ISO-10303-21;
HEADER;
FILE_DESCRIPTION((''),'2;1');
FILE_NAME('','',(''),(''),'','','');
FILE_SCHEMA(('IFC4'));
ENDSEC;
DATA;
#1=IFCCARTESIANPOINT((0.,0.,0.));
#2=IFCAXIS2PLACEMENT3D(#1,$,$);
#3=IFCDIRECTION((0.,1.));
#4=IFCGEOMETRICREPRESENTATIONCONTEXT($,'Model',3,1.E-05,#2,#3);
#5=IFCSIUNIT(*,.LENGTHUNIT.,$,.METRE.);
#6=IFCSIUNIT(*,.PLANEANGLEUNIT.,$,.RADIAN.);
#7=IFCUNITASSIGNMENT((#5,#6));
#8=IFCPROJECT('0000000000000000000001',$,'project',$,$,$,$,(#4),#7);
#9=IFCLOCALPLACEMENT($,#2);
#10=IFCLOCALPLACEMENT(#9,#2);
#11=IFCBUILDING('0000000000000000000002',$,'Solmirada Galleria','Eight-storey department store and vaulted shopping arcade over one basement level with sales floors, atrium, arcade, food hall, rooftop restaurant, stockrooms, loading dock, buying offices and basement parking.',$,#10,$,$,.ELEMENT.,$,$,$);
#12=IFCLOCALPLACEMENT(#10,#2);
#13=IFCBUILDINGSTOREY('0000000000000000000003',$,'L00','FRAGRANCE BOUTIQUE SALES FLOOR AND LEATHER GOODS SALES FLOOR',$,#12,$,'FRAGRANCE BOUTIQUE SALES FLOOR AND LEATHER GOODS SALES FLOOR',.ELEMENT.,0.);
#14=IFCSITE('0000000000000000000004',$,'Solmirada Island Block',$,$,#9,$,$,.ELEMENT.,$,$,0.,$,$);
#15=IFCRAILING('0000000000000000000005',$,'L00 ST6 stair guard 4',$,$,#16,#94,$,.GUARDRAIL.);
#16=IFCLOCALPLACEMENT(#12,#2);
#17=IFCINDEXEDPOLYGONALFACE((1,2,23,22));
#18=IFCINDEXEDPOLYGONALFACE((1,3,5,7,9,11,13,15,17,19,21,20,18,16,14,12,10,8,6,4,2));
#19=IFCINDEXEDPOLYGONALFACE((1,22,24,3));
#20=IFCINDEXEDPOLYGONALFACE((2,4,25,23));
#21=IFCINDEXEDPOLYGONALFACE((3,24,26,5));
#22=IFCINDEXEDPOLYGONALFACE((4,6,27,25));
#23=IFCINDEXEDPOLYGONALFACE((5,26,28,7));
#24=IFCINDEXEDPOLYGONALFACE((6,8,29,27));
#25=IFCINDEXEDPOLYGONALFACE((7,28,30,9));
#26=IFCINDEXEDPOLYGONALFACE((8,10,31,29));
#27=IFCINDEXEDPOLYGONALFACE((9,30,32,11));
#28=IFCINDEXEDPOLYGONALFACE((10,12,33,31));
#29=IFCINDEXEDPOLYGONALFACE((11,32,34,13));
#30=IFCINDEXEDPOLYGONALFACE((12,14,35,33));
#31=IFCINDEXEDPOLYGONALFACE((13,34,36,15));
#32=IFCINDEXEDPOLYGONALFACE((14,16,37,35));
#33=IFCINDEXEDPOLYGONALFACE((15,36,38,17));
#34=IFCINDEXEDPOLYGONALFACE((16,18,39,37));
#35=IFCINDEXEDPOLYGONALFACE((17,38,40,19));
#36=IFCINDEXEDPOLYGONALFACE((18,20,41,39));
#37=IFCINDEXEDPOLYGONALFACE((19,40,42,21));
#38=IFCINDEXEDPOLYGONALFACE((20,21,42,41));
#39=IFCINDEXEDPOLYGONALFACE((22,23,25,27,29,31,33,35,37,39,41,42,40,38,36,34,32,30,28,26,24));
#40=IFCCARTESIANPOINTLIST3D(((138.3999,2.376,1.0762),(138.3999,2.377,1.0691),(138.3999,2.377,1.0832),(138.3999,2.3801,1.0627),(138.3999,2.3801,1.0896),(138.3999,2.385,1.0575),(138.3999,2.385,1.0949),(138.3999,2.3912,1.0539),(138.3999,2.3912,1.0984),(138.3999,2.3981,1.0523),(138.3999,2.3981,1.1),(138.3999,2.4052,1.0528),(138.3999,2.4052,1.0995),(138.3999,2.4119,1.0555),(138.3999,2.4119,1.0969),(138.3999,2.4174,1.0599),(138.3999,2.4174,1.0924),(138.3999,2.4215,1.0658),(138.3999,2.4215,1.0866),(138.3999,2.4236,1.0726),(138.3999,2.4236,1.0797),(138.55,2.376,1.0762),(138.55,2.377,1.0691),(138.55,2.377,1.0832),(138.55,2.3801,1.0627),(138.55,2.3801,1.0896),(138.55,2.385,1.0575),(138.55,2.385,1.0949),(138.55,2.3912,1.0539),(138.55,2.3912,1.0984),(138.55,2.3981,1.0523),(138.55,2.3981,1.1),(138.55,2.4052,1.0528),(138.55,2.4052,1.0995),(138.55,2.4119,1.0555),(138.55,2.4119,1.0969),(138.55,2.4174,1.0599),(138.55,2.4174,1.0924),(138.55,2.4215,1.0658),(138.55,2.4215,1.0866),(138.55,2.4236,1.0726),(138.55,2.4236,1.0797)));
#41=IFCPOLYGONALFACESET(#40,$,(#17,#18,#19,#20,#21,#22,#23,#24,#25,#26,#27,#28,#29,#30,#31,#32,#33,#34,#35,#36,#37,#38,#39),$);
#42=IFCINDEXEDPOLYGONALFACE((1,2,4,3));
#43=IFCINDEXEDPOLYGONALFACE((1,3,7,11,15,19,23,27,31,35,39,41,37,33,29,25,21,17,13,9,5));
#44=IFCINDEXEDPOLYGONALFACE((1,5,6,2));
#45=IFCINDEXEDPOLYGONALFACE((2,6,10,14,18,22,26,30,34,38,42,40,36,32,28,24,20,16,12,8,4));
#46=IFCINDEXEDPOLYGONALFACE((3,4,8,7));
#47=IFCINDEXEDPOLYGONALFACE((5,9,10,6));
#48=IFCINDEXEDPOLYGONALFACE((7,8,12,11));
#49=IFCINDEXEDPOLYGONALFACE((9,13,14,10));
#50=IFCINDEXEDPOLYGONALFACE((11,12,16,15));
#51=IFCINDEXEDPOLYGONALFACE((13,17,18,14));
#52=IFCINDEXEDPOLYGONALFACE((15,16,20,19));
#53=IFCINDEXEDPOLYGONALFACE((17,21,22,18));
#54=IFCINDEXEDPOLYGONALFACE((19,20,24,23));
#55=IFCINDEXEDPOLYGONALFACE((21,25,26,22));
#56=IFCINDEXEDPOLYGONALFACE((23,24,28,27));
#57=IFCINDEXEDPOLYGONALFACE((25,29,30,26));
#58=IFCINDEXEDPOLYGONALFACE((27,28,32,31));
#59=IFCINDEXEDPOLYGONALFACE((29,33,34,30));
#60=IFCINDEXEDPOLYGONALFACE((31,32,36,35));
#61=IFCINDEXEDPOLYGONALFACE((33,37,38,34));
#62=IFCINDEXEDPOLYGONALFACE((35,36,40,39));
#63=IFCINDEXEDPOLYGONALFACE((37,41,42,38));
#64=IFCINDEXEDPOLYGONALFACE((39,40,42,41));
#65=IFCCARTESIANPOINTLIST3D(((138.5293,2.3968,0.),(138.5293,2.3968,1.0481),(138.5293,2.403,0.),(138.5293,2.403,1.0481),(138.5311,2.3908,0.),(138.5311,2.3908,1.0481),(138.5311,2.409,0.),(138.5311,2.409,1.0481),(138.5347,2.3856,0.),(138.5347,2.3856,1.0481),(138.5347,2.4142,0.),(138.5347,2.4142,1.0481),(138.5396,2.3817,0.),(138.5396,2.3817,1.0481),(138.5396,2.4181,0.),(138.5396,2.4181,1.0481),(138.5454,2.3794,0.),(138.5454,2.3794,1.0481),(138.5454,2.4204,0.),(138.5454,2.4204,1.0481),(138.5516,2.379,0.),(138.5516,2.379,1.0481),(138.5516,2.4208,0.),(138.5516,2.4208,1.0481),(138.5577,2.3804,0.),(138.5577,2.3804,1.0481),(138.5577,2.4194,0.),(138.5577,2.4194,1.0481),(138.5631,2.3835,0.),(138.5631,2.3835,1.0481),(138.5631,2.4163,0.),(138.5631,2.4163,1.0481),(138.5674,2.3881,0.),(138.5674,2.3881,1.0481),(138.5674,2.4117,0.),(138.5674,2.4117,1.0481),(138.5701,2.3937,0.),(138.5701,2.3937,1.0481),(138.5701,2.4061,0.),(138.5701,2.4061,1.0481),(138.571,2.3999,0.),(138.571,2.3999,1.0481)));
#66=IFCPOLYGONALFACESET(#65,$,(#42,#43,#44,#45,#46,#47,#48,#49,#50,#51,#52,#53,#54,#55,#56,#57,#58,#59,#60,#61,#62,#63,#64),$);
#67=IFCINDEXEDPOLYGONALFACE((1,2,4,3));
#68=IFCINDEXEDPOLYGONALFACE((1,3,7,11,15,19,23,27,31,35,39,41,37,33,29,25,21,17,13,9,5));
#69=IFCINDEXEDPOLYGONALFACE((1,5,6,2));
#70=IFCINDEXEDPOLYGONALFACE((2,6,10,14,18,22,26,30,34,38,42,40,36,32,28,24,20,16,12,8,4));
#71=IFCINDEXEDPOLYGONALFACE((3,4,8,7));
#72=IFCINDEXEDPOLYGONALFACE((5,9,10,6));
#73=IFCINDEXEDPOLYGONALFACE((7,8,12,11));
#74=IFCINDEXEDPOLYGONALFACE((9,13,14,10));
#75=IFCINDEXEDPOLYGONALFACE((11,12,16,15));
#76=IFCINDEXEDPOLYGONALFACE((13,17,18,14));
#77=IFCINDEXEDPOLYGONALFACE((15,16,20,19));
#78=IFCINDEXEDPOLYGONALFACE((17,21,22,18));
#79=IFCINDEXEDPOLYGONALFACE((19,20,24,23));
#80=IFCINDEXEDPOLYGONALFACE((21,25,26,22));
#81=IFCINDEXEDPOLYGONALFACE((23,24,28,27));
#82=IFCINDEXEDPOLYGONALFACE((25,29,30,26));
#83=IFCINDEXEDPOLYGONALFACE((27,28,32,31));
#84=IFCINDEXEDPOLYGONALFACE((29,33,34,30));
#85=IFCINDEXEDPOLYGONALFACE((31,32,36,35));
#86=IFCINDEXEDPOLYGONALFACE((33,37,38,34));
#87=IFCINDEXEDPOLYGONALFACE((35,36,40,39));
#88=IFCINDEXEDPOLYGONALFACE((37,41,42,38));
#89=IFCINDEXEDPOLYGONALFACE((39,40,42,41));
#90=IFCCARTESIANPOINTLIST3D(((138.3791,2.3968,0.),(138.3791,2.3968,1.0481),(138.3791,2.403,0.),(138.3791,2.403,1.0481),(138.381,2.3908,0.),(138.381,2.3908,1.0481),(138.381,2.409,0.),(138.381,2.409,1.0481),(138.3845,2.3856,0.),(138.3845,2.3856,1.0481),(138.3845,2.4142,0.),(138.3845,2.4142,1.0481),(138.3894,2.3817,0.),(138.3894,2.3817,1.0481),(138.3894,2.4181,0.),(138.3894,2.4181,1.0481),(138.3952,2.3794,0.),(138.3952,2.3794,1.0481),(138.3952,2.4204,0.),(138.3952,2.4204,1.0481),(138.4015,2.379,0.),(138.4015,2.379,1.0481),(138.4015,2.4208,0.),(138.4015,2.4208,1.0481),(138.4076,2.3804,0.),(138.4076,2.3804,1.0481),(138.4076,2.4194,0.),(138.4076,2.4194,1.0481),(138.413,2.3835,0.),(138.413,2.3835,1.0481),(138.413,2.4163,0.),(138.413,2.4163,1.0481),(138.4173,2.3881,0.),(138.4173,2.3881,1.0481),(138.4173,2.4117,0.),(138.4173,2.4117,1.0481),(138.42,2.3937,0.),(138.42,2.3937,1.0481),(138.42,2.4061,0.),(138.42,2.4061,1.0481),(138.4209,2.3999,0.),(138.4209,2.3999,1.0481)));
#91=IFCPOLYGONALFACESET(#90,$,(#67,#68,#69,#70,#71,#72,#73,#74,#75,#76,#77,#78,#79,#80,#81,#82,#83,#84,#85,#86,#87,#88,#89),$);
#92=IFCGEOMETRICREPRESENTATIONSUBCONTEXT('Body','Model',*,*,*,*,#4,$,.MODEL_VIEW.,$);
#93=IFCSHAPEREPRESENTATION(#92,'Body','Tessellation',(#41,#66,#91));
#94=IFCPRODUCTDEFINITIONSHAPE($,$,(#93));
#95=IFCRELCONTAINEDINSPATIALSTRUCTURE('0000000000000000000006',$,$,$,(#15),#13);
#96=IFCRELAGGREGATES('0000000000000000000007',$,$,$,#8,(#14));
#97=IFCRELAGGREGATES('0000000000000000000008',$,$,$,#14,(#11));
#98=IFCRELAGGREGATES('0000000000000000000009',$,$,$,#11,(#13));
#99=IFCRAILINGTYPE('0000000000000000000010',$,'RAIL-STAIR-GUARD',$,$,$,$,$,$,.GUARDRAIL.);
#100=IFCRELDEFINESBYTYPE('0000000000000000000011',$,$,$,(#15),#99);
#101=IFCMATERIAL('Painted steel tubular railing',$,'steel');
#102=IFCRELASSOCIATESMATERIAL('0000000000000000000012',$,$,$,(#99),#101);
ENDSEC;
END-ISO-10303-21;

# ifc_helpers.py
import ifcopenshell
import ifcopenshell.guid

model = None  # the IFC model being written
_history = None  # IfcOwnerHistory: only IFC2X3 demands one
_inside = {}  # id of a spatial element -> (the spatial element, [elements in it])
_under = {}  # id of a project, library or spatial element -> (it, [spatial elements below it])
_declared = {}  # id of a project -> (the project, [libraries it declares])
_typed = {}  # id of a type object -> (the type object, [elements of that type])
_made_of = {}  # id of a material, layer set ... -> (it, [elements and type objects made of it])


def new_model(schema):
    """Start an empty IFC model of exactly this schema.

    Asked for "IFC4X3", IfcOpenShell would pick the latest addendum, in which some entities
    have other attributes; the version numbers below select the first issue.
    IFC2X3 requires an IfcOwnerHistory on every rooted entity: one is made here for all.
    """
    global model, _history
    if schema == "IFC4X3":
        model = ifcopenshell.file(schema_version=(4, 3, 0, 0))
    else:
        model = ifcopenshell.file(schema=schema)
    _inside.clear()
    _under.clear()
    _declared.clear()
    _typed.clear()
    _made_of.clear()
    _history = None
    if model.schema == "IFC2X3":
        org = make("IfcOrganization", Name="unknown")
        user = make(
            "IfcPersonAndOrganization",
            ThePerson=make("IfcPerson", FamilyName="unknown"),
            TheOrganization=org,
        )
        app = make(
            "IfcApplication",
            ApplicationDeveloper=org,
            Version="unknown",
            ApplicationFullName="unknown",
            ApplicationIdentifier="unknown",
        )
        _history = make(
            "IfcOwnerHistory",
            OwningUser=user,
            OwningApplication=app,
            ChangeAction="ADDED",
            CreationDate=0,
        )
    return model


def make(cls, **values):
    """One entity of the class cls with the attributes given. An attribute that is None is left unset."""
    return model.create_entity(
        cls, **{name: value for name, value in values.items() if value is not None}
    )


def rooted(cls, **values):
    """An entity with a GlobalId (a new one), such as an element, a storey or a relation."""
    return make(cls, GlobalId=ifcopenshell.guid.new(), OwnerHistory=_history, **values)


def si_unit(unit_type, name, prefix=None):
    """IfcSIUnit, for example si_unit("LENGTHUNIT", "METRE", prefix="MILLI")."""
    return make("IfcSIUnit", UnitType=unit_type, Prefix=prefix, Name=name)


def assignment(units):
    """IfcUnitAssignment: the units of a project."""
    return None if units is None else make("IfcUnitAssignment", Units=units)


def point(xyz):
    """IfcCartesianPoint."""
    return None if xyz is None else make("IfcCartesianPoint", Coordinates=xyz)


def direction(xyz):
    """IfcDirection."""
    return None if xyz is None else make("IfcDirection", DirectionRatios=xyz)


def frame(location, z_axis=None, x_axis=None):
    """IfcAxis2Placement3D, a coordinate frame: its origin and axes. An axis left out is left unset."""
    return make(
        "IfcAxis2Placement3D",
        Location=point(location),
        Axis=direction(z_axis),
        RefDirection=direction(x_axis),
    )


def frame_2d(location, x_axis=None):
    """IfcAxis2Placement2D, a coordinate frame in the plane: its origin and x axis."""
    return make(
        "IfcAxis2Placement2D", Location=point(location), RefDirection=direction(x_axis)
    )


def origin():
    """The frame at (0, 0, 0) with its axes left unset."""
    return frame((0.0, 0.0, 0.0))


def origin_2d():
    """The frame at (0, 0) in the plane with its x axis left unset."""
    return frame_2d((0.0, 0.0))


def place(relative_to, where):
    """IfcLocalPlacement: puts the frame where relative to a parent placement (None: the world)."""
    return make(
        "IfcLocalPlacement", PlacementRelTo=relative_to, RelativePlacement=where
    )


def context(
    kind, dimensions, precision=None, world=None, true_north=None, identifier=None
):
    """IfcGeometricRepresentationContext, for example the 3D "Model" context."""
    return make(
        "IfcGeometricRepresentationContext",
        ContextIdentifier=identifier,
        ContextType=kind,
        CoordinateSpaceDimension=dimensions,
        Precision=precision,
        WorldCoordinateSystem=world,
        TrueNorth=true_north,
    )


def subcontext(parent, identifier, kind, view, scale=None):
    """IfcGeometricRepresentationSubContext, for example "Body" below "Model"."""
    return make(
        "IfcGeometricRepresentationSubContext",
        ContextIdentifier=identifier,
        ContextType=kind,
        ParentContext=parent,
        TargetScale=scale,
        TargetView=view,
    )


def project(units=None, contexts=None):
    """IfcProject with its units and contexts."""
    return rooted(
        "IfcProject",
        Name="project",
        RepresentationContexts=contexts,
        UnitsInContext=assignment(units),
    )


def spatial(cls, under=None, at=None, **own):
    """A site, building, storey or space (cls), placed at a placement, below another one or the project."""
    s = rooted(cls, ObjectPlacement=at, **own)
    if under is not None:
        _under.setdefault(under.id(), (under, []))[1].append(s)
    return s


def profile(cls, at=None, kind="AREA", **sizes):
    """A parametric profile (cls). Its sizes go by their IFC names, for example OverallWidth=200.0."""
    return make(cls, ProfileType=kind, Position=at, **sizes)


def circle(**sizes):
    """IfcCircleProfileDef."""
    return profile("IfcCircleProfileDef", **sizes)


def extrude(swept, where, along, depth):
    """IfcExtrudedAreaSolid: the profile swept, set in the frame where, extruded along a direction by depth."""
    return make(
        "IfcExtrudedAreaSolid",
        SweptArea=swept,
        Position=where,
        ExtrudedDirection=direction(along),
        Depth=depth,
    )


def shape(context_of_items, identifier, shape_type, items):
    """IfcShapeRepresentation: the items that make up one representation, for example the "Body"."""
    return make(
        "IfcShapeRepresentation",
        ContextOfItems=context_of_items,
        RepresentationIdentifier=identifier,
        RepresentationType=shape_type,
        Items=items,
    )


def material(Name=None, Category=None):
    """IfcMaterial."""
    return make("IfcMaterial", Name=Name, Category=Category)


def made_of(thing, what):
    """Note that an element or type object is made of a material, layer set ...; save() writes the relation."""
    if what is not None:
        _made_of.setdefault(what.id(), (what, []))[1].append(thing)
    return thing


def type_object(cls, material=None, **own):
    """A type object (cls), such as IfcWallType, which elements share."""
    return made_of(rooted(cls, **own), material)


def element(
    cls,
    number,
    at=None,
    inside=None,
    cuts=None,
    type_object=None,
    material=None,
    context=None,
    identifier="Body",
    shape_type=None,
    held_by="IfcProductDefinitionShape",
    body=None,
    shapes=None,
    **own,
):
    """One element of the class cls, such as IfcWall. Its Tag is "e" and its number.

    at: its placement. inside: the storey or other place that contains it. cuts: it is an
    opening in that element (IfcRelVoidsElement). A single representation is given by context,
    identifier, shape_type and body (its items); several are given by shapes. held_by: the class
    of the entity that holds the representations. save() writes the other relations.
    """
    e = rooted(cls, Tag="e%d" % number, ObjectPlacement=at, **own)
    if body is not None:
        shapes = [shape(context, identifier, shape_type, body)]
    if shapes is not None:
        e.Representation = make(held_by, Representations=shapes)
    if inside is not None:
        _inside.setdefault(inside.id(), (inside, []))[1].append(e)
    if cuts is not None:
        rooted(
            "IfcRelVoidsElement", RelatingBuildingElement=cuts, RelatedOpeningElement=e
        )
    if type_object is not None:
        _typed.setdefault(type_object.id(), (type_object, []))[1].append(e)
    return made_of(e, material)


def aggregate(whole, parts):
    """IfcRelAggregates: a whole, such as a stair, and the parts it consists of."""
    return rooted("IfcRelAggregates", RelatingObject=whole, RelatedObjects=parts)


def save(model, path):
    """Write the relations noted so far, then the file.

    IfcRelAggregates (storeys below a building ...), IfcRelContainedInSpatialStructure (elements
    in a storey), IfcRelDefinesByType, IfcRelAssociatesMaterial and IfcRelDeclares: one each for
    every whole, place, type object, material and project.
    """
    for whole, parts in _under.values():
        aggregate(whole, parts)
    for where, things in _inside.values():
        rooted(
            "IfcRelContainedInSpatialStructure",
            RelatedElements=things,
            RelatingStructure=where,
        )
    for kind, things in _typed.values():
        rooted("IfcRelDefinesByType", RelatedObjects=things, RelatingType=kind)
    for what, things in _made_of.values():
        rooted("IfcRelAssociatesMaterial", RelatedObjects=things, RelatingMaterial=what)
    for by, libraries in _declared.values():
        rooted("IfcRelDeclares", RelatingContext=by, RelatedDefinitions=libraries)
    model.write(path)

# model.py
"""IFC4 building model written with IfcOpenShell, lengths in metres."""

from ifc_helpers import new_model, si_unit, direction, frame, origin, origin_2d, place, context, subcontext, project, spatial, circle, extrude, material, type_object, element, save


model = new_model("IFC4")

# Units and contexts
model_context = context("Model", 3, precision=1e-05, world=origin(), true_north=direction((0.0, 1.0)))
body_context = subcontext(model_context, "Body", "Model", "MODEL_VIEW")
ifc_project = project(units=[si_unit("LENGTHUNIT", "METRE"), si_unit("PLANEANGLEUNIT", "RADIAN")], contexts=[model_context])

# Site, building, storey
site_placement = place(None, origin())
site = spatial("IfcSite", under=ifc_project, at=site_placement, Name="Solmirada Island Block", CompositionType="ELEMENT", RefElevation=0.0)
building_placement = place(site_placement, origin())
building = spatial("IfcBuilding", under=site, at=building_placement, Name="Solmirada Galleria", Description="Eight-storey department store and vaulted shopping arcade over one basement level with sales floors, atrium, arcade, food hall, rooftop restaurant, stockrooms, loading dock, buying offices and basement parking.", CompositionType="ELEMENT")
storey_placement = place(building_placement, origin())
storey = spatial("IfcBuildingStorey", under=building, at=storey_placement, Name="L00", Description="FRAGRANCE BOUTIQUE SALES FLOOR AND LEATHER GOODS SALES FLOOR", LongName="FRAGRANCE BOUTIQUE SALES FLOOR AND LEATHER GOODS SALES FLOOR", CompositionType="ELEMENT", Elevation=0.0)

# Railing
ifc_material_1 = material(Name="Painted steel tubular railing", Category="steel")
railing_type_1 = type_object("IfcRailingType", Name="RAIL-STAIR-GUARD", PredefinedType="GUARDRAIL", material=ifc_material_1)
railing_1_placement = place(storey_placement, frame((138.55, 2.3999, 0.0)))
element("IfcRailing", 1, at=railing_1_placement, inside=storey, type_object=railing_type_1, Name="L00 ST6 stair guard 4", PredefinedType="GUARDRAIL", context=body_context, shape_type="SweptSolid", body=[
    extrude(circle(Radius=0.0239, at=origin_2d()), frame((0.0, 0.0, 1.0762), z_axis=(-1.0, 0.0, 0.0), x_axis=(0.0, -1.0, 0.0)), (0.0, 0.0, 1.0), 0.1501),
    extrude(circle(Radius=0.021, at=origin_2d()), origin(), (0.0, 0.0, 1.0), 1.0481),
    extrude(circle(Radius=0.021, at=origin_2d()), frame((-0.1501, 0.0, 0.0)), (0.0, 0.0, 1.0), 1.0481),
])

save(model, "model.ifc")
